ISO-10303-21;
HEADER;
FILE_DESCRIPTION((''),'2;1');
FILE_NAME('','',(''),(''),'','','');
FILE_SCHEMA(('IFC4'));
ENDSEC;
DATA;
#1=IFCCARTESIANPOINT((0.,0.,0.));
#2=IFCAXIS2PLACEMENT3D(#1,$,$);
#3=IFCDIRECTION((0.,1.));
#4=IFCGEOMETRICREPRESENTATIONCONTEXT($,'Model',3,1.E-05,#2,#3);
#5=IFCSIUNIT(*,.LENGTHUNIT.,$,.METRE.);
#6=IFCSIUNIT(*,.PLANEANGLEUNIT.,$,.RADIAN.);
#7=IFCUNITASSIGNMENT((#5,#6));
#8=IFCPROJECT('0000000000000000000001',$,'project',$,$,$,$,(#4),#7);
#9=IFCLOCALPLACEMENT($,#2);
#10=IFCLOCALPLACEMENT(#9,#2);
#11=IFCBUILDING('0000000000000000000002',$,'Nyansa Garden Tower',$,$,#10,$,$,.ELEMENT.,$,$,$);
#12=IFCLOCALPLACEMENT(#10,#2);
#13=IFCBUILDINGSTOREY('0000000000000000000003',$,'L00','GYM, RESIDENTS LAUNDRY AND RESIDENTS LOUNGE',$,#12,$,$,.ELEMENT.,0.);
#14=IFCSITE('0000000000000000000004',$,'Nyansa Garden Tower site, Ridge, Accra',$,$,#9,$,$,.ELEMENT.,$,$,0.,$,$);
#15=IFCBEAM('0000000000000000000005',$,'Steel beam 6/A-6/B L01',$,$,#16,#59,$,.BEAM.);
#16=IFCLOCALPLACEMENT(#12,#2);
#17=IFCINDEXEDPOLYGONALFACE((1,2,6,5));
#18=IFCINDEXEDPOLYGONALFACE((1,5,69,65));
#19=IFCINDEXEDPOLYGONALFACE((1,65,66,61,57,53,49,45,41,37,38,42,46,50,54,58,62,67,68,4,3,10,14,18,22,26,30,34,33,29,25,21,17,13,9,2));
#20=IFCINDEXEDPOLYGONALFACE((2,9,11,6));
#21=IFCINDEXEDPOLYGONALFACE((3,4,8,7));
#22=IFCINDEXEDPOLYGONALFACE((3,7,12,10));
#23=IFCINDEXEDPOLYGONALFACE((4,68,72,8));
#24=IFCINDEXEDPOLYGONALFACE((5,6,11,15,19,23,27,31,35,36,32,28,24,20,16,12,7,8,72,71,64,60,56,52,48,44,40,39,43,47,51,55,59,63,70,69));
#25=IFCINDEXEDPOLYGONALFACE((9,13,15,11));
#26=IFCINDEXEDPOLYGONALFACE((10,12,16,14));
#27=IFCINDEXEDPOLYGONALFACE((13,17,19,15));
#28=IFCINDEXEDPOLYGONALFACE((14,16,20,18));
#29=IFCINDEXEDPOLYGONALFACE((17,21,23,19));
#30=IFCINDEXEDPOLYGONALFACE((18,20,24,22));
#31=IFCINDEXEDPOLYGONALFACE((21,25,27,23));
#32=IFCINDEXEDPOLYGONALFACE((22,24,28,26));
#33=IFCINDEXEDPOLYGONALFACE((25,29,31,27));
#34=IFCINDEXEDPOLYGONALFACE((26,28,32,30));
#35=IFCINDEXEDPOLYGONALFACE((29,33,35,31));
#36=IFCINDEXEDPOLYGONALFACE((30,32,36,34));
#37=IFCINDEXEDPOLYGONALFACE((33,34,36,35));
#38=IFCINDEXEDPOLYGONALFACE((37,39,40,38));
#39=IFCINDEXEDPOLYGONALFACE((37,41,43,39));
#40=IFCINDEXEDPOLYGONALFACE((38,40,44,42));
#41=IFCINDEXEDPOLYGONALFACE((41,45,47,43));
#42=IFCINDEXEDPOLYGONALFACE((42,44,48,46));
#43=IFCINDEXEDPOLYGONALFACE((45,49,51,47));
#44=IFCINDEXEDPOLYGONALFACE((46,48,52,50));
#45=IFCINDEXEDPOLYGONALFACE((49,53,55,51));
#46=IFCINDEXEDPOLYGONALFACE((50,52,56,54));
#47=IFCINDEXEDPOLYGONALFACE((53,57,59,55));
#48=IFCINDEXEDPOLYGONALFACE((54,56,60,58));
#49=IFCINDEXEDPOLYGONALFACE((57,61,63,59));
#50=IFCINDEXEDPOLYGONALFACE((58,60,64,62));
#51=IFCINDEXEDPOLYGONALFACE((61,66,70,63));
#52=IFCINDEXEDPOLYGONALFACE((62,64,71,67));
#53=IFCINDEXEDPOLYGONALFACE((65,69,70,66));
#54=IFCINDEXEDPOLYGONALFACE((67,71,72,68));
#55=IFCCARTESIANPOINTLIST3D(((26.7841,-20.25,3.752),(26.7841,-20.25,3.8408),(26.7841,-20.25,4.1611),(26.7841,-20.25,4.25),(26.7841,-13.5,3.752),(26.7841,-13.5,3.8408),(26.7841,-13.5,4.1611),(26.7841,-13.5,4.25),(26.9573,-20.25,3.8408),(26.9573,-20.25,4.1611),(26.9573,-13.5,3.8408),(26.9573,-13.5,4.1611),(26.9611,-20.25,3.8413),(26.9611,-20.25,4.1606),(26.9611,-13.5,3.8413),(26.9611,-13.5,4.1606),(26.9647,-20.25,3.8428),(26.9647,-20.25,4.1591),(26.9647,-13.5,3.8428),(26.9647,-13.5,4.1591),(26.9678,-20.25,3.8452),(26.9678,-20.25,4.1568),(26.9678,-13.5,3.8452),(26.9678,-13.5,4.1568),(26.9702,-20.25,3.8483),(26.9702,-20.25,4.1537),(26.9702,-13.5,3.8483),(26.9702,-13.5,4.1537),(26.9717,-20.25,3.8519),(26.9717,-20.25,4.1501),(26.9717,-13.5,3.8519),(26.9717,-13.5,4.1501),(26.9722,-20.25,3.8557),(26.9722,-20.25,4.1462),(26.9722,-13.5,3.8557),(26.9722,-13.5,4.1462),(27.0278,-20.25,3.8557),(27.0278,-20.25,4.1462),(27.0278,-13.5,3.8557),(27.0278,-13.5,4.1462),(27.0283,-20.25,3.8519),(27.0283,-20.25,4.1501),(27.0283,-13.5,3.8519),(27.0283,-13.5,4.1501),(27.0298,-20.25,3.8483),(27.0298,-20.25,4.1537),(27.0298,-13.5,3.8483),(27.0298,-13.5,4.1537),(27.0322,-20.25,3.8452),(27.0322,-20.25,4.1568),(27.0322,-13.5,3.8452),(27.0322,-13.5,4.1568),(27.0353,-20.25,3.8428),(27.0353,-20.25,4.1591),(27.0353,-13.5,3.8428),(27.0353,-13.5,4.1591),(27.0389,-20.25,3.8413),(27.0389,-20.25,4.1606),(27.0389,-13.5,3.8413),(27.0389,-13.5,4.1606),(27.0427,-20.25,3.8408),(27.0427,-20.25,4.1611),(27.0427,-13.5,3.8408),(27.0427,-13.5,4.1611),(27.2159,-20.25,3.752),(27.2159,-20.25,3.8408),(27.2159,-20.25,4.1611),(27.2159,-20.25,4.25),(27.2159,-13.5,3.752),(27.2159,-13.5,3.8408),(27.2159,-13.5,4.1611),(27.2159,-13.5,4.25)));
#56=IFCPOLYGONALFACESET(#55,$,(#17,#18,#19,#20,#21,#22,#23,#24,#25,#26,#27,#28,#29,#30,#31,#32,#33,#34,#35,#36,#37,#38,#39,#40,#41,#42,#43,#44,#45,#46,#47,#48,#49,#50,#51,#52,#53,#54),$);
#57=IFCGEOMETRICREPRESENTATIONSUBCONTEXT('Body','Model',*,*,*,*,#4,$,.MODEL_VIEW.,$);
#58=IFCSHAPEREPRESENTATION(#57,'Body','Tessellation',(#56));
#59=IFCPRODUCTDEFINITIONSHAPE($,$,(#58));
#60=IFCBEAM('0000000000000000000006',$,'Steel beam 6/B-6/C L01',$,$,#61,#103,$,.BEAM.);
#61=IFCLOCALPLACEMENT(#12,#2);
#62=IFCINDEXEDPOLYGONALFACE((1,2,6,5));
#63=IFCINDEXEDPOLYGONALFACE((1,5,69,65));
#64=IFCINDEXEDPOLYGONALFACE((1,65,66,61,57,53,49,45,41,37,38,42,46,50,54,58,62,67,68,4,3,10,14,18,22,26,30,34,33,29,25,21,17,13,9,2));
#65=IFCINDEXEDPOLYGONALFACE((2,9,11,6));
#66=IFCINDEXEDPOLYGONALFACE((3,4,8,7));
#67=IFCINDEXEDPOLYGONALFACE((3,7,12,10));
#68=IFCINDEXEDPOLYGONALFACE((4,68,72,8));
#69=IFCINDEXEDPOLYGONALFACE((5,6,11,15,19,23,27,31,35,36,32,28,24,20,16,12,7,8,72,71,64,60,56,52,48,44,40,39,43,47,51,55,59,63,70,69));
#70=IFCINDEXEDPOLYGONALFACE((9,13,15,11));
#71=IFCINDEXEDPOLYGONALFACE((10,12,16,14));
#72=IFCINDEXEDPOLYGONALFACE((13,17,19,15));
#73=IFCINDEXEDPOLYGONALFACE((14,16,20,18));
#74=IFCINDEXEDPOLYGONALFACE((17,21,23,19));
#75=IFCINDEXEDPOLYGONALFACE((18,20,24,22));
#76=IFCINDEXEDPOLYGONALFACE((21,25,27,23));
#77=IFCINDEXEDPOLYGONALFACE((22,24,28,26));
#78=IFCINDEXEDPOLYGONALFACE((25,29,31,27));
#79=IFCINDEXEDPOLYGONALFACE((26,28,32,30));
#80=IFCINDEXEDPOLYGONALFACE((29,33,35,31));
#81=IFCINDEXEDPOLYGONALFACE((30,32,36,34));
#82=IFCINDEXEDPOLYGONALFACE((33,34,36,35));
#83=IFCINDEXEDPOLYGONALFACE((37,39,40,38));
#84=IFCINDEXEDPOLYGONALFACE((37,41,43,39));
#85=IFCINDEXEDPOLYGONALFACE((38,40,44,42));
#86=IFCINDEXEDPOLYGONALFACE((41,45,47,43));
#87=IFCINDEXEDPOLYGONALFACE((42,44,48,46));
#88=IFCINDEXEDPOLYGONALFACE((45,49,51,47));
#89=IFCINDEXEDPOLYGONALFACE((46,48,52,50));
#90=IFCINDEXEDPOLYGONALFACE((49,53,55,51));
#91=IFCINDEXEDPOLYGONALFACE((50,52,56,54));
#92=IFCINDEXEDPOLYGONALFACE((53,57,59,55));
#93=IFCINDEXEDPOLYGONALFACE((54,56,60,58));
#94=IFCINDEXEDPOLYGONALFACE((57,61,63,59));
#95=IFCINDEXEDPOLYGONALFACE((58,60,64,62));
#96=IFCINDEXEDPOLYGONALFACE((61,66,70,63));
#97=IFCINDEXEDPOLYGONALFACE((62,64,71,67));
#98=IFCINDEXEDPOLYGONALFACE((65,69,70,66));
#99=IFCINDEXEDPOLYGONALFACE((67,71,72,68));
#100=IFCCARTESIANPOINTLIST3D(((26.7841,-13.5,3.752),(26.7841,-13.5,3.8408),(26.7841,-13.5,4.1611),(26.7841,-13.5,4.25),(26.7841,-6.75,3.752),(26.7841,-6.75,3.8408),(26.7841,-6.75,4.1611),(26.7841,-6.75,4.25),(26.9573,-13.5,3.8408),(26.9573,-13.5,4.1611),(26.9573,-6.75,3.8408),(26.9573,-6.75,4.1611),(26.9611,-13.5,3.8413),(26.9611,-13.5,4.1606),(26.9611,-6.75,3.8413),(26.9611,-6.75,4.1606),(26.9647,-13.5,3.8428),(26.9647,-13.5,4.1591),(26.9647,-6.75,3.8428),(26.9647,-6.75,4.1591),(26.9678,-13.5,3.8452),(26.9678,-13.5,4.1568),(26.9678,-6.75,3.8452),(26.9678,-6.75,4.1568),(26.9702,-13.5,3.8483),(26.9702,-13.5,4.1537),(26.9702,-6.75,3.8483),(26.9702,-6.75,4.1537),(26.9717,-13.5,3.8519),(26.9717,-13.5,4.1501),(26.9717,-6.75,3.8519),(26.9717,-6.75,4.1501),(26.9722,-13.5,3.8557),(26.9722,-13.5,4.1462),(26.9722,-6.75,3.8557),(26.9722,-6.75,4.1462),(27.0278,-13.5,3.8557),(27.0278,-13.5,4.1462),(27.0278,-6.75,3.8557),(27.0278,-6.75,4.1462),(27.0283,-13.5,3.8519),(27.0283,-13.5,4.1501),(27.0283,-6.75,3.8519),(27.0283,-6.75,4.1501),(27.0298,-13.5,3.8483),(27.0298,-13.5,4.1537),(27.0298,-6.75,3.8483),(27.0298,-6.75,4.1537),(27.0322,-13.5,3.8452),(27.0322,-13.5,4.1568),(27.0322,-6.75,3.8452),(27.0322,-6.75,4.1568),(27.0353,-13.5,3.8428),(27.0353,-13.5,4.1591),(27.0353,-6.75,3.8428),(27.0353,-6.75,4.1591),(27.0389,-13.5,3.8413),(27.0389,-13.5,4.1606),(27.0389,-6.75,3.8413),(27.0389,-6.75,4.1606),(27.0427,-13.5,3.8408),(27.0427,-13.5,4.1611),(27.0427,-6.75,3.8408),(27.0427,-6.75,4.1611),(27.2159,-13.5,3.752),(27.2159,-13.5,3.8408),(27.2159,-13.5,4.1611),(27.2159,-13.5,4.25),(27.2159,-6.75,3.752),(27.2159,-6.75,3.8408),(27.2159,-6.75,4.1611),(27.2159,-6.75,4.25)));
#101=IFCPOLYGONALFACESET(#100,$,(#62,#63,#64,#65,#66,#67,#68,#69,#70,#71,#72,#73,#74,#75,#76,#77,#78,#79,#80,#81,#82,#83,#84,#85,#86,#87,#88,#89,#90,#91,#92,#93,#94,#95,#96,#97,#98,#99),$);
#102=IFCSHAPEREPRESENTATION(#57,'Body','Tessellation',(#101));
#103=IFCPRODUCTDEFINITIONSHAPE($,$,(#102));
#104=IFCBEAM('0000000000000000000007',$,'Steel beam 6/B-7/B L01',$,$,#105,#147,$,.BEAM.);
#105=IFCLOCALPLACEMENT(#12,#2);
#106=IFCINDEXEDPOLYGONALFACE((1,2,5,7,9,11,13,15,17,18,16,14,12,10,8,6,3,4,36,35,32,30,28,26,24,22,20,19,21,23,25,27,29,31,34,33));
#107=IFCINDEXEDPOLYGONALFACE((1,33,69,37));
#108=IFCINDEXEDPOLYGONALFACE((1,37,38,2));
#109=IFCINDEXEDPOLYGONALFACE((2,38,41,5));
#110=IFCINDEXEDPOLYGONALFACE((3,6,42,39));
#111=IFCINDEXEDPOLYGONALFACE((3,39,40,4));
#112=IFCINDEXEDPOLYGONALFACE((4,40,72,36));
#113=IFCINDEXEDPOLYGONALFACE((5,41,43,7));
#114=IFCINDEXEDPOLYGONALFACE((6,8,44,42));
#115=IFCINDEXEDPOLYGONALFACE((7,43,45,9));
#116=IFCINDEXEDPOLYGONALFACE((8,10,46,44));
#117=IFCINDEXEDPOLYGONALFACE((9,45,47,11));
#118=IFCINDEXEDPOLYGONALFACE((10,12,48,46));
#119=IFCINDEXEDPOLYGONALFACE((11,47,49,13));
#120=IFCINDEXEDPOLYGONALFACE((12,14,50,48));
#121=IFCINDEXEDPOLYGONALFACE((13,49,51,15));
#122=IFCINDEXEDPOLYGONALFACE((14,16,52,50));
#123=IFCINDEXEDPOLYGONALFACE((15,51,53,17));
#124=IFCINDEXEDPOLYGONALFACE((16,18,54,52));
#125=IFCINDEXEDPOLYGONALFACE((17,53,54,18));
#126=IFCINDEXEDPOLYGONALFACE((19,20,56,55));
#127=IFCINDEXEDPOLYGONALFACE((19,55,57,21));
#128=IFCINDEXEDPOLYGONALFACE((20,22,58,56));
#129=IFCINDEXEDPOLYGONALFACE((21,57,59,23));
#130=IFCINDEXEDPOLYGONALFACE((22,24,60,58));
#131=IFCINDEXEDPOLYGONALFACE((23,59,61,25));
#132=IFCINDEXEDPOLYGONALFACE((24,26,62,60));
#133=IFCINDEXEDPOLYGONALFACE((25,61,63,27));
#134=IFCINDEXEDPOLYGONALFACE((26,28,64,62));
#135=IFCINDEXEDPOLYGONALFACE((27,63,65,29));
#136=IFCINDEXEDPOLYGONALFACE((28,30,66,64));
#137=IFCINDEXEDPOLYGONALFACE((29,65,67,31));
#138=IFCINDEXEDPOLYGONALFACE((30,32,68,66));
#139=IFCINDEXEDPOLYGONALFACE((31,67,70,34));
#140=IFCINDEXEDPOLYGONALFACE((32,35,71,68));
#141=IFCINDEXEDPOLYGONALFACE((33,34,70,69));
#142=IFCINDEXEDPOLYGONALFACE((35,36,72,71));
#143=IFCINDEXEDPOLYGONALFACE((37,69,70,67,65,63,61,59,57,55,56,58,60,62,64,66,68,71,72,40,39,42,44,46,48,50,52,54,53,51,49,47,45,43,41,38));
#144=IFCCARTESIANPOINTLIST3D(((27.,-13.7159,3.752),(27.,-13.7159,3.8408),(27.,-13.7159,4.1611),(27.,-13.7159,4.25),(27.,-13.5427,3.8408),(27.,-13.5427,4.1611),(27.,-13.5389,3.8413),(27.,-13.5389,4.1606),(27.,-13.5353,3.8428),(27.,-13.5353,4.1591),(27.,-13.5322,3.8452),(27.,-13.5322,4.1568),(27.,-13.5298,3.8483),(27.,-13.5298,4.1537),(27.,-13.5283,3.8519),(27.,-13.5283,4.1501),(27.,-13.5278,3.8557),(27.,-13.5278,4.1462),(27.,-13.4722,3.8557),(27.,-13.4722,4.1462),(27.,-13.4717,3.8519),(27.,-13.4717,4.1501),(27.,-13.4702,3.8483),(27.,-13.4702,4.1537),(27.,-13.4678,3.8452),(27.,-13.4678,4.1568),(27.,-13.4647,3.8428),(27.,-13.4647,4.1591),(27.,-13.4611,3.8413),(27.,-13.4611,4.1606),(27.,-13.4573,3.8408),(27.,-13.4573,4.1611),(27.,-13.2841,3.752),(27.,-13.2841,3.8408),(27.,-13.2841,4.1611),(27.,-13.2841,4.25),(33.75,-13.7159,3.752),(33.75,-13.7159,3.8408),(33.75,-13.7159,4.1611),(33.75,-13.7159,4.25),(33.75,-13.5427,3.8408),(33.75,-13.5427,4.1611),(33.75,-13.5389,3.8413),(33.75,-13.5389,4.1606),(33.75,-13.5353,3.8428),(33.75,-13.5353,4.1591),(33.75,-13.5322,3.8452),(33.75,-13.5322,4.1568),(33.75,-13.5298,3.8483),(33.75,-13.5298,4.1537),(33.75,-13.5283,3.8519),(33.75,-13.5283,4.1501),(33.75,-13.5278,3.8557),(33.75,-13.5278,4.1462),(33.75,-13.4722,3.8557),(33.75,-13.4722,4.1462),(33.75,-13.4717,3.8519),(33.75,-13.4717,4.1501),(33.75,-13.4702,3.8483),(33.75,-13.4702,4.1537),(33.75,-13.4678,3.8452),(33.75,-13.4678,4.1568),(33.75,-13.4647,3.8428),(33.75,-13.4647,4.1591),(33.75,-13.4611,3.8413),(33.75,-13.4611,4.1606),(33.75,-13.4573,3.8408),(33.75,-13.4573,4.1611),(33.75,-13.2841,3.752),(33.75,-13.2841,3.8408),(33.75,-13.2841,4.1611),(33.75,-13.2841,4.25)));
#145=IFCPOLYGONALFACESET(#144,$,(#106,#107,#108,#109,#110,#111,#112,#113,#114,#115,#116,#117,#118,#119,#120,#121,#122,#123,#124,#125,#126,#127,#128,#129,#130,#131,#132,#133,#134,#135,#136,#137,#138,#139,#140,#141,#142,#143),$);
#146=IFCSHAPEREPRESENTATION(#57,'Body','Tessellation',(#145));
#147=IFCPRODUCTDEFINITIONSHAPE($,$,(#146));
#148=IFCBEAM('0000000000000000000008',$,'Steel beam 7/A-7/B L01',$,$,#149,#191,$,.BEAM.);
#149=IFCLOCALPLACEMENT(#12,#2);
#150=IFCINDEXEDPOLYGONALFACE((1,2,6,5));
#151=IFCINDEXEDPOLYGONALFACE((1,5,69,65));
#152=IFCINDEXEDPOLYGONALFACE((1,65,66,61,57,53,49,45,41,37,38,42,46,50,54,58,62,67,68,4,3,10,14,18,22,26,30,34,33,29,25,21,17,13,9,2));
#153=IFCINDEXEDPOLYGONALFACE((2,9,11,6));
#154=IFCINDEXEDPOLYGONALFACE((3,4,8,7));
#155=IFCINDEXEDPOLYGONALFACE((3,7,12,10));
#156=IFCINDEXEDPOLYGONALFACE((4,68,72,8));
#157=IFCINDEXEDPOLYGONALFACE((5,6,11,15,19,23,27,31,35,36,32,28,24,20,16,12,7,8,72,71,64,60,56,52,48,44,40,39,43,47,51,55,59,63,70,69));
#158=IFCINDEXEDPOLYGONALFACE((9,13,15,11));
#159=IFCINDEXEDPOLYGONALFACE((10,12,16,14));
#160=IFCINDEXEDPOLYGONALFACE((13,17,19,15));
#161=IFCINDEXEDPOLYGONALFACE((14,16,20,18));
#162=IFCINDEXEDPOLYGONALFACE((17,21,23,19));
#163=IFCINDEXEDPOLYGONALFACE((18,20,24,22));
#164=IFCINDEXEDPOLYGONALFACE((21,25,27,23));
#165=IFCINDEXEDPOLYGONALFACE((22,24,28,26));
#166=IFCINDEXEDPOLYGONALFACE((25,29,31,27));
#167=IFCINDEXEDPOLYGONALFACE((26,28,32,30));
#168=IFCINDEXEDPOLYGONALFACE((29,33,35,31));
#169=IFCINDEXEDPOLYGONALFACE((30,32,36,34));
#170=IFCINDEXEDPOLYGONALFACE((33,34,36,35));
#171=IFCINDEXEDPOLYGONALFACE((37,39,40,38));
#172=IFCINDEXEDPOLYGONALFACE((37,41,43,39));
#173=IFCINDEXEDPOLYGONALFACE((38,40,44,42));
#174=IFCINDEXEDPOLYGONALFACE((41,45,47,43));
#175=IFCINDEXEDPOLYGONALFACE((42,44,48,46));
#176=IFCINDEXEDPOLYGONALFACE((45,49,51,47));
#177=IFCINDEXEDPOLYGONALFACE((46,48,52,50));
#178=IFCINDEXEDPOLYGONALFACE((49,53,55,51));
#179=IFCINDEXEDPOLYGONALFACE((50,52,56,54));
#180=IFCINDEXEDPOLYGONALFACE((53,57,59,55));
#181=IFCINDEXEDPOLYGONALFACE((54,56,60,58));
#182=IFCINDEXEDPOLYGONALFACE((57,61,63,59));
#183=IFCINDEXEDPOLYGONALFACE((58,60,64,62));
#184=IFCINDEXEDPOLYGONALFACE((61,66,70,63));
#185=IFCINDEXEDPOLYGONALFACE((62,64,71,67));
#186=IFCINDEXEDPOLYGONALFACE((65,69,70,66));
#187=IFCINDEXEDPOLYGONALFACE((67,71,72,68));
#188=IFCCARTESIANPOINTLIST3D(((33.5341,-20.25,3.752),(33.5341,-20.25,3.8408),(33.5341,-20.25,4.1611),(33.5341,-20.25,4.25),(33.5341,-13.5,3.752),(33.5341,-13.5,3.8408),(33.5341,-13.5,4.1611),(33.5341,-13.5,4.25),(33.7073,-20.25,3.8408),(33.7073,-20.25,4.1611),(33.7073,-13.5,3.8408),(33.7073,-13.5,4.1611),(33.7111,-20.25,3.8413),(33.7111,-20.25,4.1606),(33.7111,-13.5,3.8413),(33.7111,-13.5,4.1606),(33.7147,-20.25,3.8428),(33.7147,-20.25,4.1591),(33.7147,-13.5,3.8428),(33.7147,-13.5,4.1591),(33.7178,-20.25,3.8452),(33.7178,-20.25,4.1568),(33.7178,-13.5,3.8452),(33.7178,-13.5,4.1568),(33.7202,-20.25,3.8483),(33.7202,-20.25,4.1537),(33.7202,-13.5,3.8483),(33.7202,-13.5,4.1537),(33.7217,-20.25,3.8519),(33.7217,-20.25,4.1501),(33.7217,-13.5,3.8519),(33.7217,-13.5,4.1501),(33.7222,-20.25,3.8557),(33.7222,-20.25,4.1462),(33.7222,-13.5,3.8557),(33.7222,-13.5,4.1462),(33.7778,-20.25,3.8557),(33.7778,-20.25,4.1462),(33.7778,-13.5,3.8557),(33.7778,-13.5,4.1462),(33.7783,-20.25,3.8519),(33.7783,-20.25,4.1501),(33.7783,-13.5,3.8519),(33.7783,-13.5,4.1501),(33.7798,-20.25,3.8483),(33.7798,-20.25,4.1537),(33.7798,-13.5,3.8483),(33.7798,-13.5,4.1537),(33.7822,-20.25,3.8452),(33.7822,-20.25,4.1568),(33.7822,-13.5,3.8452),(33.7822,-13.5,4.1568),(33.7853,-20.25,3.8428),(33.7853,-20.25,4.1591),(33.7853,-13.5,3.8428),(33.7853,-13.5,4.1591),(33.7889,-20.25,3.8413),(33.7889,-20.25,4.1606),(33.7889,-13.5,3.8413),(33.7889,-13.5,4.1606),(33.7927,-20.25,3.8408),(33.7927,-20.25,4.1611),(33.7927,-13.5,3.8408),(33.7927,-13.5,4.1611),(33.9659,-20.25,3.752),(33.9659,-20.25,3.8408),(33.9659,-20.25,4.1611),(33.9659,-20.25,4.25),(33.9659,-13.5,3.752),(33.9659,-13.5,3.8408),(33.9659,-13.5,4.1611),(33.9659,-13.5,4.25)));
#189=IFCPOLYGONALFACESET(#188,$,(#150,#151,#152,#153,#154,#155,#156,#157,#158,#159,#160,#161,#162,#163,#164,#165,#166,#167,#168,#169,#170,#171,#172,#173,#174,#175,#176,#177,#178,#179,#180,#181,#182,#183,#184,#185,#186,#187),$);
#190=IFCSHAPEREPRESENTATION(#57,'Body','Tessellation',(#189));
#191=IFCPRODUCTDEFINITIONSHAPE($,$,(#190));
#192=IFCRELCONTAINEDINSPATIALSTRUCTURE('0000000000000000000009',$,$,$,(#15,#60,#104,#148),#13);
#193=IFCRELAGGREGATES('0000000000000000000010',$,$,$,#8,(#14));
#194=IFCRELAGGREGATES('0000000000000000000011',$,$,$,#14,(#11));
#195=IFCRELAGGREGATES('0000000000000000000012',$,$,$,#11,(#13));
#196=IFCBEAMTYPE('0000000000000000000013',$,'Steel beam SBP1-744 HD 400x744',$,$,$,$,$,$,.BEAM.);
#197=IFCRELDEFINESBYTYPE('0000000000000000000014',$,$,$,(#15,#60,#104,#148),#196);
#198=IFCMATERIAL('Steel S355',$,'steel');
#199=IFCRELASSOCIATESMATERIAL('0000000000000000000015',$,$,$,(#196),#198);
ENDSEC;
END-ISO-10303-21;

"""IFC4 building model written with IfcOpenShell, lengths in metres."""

from ifc_helpers import new_model, si_unit, direction, frame, origin, origin_2d, place, context, subcontext, project, spatial, i_section, extrude, material, material_profile, profile_set, type_object, element, save


model = new_model("IFC4")

# Units and contexts
model_context = context("Model", 3, precision=1e-05, world=origin(), true_north=direction((0.0, 1.0)))
body_context = subcontext(model_context, "Body", "Model", "MODEL_VIEW")
ifc_project = project(units=[si_unit("LENGTHUNIT", "METRE"), si_unit("PLANEANGLEUNIT", "RADIAN")], contexts=[model_context])

# Site, building, storey
site_placement = place(None, origin())
site = spatial("IfcSite", under=ifc_project, at=site_placement, Name="Nyansa Garden Tower site, Ridge, Accra", CompositionType="ELEMENT", RefElevation=0.0)
building_placement = place(site_placement, origin())
building = spatial("IfcBuilding", under=site, at=building_placement, Name="Nyansa Garden Tower", CompositionType="ELEMENT")
storey_placement = place(building_placement, origin())
storey = spatial("IfcBuildingStorey", under=building, at=storey_placement, Name="L00", Description="GYM, RESIDENTS LAUNDRY AND RESIDENTS LOUNGE", CompositionType="ELEMENT", Elevation=0.0)

# Beams
ifc_material_1 = material(Name="Steel S355", Category="steel")
ifc_material_profile_1 = material_profile(ifc_material_1, i_section(OverallWidth=0.4319, OverallDepth=0.498, WebThickness=0.0557, FlangeThickness=0.0889, FilletRadius=0.0149, at=origin_2d()), Name="HD 400x744")
ifc_profile_set_1 = profile_set([ifc_material_profile_1], Name="Steel S355")
beam_type_1 = type_object("IfcBeamType", Name="Steel beam SBP1-744 HD 400x744", PredefinedType="BEAM", material=ifc_profile_set_1)
for number, where, z_axis, x_axis, name in (
    (1, (27.0, -20.25, 4.001), (0.0, 1.0, 0.0), (-1.0, 0.0, 0.0), "Steel beam 6/A-6/B L01"),
    (2, (27.0, -13.5, 4.001), (0.0, 1.0, 0.0), (-1.0, 0.0, 0.0), "Steel beam 6/B-6/C L01"),
    (3, (27.0, -13.5, 4.001), (1.0, 0.0, 0.0), (0.0, 1.0, 0.0), "Steel beam 6/B-7/B L01"),
    (4, (33.75, -20.25, 4.001), (0.0, 1.0, 0.0), (-1.0, 0.0, 0.0), "Steel beam 7/A-7/B L01"),
):
    element("IfcBeam", number, at=place(storey_placement, frame(where, z_axis=z_axis, x_axis=x_axis)), inside=storey, type_object=beam_type_1, Name=name, PredefinedType="BEAM", context=body_context, shape_type="SweptSolid", body=[
        extrude(i_section(OverallWidth=0.4319, OverallDepth=0.498, WebThickness=0.0557, FlangeThickness=0.0889, FilletRadius=0.0149, at=origin_2d()), origin(), (0.0, 0.0, 1.0), 6.75),
    ])

save(model, "model.ifc")
